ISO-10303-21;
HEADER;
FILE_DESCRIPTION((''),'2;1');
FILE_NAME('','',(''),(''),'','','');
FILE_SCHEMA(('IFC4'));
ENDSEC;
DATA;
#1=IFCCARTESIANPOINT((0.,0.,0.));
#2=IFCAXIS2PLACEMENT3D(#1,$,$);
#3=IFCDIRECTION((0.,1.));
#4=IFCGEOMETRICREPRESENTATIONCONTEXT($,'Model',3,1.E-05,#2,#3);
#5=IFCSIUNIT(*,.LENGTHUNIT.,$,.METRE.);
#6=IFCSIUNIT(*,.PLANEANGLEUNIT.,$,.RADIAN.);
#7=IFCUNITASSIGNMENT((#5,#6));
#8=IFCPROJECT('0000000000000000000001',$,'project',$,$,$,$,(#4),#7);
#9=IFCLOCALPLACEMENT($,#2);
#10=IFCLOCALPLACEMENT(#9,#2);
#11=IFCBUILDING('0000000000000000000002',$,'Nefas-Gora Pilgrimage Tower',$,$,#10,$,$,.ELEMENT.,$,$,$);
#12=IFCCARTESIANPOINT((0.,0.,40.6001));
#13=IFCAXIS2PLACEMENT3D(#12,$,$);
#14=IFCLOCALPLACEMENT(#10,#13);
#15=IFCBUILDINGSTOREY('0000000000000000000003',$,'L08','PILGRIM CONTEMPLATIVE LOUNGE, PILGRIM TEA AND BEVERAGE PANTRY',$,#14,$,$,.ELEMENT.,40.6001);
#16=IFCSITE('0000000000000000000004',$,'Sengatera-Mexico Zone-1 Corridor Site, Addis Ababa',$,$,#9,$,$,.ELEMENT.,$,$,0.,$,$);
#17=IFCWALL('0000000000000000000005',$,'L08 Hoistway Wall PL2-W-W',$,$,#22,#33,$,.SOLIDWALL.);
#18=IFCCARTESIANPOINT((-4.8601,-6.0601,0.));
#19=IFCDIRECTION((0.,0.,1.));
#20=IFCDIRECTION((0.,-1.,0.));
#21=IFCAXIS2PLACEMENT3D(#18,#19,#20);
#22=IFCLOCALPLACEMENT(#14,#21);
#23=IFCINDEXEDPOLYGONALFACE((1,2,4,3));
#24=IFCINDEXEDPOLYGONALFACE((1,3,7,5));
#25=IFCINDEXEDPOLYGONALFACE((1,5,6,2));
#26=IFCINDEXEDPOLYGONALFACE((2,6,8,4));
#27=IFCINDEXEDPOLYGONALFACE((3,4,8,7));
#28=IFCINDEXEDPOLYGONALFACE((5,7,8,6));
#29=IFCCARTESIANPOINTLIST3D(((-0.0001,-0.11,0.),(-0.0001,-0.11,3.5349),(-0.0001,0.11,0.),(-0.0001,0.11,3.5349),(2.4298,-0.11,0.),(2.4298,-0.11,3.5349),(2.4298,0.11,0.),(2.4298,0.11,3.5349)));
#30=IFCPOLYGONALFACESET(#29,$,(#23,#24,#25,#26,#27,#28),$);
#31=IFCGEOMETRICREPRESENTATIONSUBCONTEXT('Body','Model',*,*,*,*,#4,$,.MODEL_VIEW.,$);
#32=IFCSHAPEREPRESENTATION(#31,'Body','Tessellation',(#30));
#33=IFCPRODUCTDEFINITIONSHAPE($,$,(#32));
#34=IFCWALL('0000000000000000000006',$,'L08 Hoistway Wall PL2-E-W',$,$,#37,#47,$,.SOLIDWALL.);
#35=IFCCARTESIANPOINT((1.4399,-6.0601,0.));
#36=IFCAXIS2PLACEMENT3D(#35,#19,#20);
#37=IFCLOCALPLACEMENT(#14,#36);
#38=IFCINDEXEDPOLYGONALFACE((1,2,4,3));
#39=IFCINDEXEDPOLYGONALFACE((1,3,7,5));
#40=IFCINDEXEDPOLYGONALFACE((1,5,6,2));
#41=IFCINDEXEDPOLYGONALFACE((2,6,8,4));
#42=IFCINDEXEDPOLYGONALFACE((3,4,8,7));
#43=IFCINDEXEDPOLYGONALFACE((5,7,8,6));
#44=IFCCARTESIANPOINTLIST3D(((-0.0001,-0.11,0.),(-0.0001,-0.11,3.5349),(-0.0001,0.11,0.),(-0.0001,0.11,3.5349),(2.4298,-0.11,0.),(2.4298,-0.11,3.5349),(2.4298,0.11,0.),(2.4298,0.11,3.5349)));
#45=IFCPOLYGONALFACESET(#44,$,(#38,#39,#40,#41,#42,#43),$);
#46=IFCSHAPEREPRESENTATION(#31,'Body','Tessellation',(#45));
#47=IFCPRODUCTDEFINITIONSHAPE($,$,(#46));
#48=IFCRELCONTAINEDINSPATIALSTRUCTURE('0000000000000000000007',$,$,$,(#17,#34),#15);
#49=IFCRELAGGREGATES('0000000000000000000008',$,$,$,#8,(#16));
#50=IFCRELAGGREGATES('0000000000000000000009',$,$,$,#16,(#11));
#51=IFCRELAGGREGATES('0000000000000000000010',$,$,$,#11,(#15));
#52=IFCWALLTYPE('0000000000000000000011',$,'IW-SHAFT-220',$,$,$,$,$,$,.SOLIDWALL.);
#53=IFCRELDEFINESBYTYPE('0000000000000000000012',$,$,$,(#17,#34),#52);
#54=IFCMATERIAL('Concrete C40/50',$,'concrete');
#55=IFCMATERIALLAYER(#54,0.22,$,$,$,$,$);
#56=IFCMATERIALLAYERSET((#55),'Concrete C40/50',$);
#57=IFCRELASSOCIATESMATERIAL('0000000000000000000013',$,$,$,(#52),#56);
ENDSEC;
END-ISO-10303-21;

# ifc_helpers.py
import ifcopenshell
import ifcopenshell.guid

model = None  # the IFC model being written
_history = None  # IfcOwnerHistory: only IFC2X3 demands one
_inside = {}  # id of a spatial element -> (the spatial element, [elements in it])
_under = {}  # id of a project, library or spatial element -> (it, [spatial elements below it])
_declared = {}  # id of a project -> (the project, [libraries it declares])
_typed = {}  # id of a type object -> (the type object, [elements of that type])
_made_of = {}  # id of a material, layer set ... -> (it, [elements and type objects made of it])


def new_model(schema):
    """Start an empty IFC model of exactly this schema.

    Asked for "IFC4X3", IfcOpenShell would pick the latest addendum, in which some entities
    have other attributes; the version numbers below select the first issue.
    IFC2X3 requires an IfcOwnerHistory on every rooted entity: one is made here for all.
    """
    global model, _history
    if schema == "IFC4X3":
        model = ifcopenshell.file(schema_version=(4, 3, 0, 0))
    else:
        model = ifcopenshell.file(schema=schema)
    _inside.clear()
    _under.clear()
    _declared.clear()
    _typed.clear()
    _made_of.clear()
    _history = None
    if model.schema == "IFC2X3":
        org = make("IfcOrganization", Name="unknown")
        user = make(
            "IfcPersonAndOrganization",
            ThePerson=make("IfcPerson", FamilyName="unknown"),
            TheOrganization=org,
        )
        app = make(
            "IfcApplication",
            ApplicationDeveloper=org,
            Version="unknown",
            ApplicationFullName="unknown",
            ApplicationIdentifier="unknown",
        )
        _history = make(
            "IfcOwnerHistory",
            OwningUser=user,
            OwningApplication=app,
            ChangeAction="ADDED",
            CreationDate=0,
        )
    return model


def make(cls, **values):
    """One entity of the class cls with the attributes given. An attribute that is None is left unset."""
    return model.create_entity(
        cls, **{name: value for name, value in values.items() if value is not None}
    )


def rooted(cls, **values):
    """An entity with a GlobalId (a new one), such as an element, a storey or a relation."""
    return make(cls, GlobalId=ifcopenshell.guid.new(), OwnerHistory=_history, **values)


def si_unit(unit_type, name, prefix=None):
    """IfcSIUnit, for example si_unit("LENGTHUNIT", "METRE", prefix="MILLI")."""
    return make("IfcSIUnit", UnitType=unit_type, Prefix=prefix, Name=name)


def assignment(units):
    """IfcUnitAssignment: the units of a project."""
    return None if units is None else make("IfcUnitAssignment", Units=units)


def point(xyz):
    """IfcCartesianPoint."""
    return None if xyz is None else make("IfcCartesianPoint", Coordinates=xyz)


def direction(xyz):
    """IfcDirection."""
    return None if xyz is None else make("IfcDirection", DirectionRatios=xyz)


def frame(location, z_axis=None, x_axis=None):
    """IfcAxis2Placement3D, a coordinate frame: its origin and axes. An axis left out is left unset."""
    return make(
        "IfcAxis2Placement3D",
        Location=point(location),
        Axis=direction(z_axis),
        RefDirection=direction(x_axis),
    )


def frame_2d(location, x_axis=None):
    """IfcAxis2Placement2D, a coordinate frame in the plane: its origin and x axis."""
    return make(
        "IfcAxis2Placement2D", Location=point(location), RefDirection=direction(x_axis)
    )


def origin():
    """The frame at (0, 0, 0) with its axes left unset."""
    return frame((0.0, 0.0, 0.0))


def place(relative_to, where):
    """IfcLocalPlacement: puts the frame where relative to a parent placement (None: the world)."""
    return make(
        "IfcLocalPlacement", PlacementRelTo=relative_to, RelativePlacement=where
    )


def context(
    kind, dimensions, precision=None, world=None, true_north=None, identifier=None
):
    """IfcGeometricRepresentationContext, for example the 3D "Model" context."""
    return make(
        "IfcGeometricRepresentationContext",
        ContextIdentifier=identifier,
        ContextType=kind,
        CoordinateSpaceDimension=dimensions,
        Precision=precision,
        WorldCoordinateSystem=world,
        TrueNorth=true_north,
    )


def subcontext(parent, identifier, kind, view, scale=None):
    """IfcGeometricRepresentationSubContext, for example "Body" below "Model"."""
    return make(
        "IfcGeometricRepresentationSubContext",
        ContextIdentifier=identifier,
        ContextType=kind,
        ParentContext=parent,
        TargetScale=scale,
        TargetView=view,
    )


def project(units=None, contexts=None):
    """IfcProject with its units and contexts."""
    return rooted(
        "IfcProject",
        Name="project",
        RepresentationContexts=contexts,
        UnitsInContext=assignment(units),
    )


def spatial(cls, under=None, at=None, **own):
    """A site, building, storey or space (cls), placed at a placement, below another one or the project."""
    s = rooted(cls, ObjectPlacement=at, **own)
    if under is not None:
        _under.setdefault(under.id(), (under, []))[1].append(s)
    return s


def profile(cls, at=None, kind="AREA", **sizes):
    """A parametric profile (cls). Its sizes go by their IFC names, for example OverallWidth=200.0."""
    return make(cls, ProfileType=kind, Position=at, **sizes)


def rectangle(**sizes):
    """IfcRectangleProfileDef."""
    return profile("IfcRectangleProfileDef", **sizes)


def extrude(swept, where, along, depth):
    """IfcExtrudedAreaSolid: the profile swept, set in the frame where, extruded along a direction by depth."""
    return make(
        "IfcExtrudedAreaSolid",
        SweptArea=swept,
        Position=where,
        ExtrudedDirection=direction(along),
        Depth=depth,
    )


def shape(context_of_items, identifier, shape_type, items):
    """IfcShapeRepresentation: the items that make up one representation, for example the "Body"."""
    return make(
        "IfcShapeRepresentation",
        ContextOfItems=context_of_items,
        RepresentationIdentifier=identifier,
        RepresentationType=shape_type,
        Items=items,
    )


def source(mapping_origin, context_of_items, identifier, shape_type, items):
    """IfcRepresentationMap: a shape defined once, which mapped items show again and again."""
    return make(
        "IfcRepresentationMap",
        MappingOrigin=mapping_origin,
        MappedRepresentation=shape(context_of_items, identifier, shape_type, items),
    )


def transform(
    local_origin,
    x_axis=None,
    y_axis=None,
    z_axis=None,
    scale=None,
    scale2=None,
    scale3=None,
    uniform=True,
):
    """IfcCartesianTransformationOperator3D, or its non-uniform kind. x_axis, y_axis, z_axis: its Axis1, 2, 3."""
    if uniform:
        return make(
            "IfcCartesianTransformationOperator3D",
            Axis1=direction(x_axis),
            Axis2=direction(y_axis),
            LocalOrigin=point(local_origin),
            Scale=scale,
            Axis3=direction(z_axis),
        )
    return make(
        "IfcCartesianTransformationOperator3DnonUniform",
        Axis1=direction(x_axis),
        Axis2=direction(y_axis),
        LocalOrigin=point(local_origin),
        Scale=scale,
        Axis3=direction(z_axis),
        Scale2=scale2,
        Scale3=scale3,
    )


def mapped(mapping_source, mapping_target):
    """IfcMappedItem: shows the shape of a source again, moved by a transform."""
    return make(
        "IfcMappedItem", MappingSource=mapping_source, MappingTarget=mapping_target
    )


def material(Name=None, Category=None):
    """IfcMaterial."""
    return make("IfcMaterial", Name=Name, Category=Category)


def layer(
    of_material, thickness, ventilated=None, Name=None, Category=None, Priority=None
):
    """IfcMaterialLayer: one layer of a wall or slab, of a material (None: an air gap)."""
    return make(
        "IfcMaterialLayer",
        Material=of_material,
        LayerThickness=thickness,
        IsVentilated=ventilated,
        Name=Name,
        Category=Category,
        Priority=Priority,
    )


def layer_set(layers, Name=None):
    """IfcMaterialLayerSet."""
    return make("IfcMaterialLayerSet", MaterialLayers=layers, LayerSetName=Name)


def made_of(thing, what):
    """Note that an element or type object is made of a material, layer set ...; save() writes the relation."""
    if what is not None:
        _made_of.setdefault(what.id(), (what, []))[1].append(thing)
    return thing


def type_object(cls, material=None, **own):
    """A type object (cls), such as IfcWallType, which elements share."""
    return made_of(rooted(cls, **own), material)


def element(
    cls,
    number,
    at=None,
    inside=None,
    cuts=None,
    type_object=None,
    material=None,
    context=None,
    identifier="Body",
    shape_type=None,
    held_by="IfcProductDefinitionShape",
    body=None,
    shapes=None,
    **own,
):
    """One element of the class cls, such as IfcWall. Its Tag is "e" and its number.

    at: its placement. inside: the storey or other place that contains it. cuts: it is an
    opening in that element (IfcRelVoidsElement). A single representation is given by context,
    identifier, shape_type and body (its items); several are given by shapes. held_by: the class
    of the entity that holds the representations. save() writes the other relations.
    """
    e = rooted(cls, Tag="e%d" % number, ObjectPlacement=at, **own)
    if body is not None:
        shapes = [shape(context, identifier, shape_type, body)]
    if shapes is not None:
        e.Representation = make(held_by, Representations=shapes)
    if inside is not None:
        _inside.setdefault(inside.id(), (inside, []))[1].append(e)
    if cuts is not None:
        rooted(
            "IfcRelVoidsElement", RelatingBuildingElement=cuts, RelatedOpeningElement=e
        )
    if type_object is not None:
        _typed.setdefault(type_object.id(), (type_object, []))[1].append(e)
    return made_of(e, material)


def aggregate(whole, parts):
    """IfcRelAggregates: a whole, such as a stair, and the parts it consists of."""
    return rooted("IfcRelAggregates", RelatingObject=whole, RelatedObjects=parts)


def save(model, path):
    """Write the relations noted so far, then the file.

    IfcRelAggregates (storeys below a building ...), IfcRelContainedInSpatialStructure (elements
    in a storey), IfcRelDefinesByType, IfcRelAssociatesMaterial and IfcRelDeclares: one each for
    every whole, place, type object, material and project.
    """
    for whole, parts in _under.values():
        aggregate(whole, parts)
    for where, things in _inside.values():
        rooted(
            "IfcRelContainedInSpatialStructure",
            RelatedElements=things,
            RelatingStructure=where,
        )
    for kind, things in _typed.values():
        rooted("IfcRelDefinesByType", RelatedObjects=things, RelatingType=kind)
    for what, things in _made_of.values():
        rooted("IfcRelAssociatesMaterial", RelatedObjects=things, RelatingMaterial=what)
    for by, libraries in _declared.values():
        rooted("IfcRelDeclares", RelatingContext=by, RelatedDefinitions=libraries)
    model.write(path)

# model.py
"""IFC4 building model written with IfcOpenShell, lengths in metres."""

from ifc_helpers import new_model, si_unit, direction, frame, frame_2d, origin, place, context, subcontext, project, spatial, rectangle, extrude, source, transform, mapped, material, layer, layer_set, type_object, element, save


model = new_model("IFC4")

# Units and contexts
model_context = context("Model", 3, precision=1e-05, world=origin(), true_north=direction((0.0, 1.0)))
body_context = subcontext(model_context, "Body", "Model", "MODEL_VIEW")
ifc_project = project(units=[si_unit("LENGTHUNIT", "METRE"), si_unit("PLANEANGLEUNIT", "RADIAN")], contexts=[model_context])

# Site, building, storey
site_placement = place(None, origin())
site = spatial("IfcSite", under=ifc_project, at=site_placement, Name="Sengatera-Mexico Zone-1 Corridor Site, Addis Ababa", CompositionType="ELEMENT", RefElevation=0.0)
building_placement = place(site_placement, origin())
building = spatial("IfcBuilding", under=site, at=building_placement, Name="Nefas-Gora Pilgrimage Tower", CompositionType="ELEMENT")
storey_placement = place(building_placement, frame((0.0, 0.0, 40.6001)))
storey = spatial("IfcBuildingStorey", under=building, at=storey_placement, Name="L08", Description="PILGRIM CONTEMPLATIVE LOUNGE, PILGRIM TEA AND BEVERAGE PANTRY", CompositionType="ELEMENT", Elevation=40.6001)

# Walls
ifc_material_1 = material(Name="Concrete C40/50", Category="concrete")
ifc_layer_1 = layer(ifc_material_1, 0.22)
ifc_layer_set_1 = layer_set([ifc_layer_1], Name="Concrete C40/50")
wall_type_1 = type_object("IfcWallType", Name="IW-SHAFT-220", PredefinedType="SOLIDWALL", material=ifc_layer_set_1)
shared_shape_1 = source(origin(), body_context, "Body", "SweptSolid", [
    extrude(rectangle(XDim=2.4299, YDim=0.22, at=frame_2d((1.2148, 0.0))), origin(), (0.0, 0.0, 1.0), 3.5349),
])
for number, where, z_axis, x_axis, name in (
    (1, (-4.8601, -6.0601, 0.0), (0.0, 0.0, 1.0), (0.0, -1.0, 0.0), "L08 Hoistway Wall PL2-W-W"),
    (2, (1.4399, -6.0601, 0.0), (0.0, 0.0, 1.0), (0.0, -1.0, 0.0), "L08 Hoistway Wall PL2-E-W"),
):
    element("IfcWall", number, at=place(storey_placement, frame(where, z_axis=z_axis, x_axis=x_axis)), inside=storey, type_object=wall_type_1, Name=name, PredefinedType="SOLIDWALL", context=body_context, shape_type="MappedRepresentation", body=[
        mapped(shared_shape_1, transform((0.0, 0.0, 0.0), x_axis=(1.0, 0.0, 0.0), y_axis=(0.0, 1.0, 0.0), z_axis=(0.0, 0.0, 1.0), scale=1.0)),
    ])

save(model, "model.ifc")
